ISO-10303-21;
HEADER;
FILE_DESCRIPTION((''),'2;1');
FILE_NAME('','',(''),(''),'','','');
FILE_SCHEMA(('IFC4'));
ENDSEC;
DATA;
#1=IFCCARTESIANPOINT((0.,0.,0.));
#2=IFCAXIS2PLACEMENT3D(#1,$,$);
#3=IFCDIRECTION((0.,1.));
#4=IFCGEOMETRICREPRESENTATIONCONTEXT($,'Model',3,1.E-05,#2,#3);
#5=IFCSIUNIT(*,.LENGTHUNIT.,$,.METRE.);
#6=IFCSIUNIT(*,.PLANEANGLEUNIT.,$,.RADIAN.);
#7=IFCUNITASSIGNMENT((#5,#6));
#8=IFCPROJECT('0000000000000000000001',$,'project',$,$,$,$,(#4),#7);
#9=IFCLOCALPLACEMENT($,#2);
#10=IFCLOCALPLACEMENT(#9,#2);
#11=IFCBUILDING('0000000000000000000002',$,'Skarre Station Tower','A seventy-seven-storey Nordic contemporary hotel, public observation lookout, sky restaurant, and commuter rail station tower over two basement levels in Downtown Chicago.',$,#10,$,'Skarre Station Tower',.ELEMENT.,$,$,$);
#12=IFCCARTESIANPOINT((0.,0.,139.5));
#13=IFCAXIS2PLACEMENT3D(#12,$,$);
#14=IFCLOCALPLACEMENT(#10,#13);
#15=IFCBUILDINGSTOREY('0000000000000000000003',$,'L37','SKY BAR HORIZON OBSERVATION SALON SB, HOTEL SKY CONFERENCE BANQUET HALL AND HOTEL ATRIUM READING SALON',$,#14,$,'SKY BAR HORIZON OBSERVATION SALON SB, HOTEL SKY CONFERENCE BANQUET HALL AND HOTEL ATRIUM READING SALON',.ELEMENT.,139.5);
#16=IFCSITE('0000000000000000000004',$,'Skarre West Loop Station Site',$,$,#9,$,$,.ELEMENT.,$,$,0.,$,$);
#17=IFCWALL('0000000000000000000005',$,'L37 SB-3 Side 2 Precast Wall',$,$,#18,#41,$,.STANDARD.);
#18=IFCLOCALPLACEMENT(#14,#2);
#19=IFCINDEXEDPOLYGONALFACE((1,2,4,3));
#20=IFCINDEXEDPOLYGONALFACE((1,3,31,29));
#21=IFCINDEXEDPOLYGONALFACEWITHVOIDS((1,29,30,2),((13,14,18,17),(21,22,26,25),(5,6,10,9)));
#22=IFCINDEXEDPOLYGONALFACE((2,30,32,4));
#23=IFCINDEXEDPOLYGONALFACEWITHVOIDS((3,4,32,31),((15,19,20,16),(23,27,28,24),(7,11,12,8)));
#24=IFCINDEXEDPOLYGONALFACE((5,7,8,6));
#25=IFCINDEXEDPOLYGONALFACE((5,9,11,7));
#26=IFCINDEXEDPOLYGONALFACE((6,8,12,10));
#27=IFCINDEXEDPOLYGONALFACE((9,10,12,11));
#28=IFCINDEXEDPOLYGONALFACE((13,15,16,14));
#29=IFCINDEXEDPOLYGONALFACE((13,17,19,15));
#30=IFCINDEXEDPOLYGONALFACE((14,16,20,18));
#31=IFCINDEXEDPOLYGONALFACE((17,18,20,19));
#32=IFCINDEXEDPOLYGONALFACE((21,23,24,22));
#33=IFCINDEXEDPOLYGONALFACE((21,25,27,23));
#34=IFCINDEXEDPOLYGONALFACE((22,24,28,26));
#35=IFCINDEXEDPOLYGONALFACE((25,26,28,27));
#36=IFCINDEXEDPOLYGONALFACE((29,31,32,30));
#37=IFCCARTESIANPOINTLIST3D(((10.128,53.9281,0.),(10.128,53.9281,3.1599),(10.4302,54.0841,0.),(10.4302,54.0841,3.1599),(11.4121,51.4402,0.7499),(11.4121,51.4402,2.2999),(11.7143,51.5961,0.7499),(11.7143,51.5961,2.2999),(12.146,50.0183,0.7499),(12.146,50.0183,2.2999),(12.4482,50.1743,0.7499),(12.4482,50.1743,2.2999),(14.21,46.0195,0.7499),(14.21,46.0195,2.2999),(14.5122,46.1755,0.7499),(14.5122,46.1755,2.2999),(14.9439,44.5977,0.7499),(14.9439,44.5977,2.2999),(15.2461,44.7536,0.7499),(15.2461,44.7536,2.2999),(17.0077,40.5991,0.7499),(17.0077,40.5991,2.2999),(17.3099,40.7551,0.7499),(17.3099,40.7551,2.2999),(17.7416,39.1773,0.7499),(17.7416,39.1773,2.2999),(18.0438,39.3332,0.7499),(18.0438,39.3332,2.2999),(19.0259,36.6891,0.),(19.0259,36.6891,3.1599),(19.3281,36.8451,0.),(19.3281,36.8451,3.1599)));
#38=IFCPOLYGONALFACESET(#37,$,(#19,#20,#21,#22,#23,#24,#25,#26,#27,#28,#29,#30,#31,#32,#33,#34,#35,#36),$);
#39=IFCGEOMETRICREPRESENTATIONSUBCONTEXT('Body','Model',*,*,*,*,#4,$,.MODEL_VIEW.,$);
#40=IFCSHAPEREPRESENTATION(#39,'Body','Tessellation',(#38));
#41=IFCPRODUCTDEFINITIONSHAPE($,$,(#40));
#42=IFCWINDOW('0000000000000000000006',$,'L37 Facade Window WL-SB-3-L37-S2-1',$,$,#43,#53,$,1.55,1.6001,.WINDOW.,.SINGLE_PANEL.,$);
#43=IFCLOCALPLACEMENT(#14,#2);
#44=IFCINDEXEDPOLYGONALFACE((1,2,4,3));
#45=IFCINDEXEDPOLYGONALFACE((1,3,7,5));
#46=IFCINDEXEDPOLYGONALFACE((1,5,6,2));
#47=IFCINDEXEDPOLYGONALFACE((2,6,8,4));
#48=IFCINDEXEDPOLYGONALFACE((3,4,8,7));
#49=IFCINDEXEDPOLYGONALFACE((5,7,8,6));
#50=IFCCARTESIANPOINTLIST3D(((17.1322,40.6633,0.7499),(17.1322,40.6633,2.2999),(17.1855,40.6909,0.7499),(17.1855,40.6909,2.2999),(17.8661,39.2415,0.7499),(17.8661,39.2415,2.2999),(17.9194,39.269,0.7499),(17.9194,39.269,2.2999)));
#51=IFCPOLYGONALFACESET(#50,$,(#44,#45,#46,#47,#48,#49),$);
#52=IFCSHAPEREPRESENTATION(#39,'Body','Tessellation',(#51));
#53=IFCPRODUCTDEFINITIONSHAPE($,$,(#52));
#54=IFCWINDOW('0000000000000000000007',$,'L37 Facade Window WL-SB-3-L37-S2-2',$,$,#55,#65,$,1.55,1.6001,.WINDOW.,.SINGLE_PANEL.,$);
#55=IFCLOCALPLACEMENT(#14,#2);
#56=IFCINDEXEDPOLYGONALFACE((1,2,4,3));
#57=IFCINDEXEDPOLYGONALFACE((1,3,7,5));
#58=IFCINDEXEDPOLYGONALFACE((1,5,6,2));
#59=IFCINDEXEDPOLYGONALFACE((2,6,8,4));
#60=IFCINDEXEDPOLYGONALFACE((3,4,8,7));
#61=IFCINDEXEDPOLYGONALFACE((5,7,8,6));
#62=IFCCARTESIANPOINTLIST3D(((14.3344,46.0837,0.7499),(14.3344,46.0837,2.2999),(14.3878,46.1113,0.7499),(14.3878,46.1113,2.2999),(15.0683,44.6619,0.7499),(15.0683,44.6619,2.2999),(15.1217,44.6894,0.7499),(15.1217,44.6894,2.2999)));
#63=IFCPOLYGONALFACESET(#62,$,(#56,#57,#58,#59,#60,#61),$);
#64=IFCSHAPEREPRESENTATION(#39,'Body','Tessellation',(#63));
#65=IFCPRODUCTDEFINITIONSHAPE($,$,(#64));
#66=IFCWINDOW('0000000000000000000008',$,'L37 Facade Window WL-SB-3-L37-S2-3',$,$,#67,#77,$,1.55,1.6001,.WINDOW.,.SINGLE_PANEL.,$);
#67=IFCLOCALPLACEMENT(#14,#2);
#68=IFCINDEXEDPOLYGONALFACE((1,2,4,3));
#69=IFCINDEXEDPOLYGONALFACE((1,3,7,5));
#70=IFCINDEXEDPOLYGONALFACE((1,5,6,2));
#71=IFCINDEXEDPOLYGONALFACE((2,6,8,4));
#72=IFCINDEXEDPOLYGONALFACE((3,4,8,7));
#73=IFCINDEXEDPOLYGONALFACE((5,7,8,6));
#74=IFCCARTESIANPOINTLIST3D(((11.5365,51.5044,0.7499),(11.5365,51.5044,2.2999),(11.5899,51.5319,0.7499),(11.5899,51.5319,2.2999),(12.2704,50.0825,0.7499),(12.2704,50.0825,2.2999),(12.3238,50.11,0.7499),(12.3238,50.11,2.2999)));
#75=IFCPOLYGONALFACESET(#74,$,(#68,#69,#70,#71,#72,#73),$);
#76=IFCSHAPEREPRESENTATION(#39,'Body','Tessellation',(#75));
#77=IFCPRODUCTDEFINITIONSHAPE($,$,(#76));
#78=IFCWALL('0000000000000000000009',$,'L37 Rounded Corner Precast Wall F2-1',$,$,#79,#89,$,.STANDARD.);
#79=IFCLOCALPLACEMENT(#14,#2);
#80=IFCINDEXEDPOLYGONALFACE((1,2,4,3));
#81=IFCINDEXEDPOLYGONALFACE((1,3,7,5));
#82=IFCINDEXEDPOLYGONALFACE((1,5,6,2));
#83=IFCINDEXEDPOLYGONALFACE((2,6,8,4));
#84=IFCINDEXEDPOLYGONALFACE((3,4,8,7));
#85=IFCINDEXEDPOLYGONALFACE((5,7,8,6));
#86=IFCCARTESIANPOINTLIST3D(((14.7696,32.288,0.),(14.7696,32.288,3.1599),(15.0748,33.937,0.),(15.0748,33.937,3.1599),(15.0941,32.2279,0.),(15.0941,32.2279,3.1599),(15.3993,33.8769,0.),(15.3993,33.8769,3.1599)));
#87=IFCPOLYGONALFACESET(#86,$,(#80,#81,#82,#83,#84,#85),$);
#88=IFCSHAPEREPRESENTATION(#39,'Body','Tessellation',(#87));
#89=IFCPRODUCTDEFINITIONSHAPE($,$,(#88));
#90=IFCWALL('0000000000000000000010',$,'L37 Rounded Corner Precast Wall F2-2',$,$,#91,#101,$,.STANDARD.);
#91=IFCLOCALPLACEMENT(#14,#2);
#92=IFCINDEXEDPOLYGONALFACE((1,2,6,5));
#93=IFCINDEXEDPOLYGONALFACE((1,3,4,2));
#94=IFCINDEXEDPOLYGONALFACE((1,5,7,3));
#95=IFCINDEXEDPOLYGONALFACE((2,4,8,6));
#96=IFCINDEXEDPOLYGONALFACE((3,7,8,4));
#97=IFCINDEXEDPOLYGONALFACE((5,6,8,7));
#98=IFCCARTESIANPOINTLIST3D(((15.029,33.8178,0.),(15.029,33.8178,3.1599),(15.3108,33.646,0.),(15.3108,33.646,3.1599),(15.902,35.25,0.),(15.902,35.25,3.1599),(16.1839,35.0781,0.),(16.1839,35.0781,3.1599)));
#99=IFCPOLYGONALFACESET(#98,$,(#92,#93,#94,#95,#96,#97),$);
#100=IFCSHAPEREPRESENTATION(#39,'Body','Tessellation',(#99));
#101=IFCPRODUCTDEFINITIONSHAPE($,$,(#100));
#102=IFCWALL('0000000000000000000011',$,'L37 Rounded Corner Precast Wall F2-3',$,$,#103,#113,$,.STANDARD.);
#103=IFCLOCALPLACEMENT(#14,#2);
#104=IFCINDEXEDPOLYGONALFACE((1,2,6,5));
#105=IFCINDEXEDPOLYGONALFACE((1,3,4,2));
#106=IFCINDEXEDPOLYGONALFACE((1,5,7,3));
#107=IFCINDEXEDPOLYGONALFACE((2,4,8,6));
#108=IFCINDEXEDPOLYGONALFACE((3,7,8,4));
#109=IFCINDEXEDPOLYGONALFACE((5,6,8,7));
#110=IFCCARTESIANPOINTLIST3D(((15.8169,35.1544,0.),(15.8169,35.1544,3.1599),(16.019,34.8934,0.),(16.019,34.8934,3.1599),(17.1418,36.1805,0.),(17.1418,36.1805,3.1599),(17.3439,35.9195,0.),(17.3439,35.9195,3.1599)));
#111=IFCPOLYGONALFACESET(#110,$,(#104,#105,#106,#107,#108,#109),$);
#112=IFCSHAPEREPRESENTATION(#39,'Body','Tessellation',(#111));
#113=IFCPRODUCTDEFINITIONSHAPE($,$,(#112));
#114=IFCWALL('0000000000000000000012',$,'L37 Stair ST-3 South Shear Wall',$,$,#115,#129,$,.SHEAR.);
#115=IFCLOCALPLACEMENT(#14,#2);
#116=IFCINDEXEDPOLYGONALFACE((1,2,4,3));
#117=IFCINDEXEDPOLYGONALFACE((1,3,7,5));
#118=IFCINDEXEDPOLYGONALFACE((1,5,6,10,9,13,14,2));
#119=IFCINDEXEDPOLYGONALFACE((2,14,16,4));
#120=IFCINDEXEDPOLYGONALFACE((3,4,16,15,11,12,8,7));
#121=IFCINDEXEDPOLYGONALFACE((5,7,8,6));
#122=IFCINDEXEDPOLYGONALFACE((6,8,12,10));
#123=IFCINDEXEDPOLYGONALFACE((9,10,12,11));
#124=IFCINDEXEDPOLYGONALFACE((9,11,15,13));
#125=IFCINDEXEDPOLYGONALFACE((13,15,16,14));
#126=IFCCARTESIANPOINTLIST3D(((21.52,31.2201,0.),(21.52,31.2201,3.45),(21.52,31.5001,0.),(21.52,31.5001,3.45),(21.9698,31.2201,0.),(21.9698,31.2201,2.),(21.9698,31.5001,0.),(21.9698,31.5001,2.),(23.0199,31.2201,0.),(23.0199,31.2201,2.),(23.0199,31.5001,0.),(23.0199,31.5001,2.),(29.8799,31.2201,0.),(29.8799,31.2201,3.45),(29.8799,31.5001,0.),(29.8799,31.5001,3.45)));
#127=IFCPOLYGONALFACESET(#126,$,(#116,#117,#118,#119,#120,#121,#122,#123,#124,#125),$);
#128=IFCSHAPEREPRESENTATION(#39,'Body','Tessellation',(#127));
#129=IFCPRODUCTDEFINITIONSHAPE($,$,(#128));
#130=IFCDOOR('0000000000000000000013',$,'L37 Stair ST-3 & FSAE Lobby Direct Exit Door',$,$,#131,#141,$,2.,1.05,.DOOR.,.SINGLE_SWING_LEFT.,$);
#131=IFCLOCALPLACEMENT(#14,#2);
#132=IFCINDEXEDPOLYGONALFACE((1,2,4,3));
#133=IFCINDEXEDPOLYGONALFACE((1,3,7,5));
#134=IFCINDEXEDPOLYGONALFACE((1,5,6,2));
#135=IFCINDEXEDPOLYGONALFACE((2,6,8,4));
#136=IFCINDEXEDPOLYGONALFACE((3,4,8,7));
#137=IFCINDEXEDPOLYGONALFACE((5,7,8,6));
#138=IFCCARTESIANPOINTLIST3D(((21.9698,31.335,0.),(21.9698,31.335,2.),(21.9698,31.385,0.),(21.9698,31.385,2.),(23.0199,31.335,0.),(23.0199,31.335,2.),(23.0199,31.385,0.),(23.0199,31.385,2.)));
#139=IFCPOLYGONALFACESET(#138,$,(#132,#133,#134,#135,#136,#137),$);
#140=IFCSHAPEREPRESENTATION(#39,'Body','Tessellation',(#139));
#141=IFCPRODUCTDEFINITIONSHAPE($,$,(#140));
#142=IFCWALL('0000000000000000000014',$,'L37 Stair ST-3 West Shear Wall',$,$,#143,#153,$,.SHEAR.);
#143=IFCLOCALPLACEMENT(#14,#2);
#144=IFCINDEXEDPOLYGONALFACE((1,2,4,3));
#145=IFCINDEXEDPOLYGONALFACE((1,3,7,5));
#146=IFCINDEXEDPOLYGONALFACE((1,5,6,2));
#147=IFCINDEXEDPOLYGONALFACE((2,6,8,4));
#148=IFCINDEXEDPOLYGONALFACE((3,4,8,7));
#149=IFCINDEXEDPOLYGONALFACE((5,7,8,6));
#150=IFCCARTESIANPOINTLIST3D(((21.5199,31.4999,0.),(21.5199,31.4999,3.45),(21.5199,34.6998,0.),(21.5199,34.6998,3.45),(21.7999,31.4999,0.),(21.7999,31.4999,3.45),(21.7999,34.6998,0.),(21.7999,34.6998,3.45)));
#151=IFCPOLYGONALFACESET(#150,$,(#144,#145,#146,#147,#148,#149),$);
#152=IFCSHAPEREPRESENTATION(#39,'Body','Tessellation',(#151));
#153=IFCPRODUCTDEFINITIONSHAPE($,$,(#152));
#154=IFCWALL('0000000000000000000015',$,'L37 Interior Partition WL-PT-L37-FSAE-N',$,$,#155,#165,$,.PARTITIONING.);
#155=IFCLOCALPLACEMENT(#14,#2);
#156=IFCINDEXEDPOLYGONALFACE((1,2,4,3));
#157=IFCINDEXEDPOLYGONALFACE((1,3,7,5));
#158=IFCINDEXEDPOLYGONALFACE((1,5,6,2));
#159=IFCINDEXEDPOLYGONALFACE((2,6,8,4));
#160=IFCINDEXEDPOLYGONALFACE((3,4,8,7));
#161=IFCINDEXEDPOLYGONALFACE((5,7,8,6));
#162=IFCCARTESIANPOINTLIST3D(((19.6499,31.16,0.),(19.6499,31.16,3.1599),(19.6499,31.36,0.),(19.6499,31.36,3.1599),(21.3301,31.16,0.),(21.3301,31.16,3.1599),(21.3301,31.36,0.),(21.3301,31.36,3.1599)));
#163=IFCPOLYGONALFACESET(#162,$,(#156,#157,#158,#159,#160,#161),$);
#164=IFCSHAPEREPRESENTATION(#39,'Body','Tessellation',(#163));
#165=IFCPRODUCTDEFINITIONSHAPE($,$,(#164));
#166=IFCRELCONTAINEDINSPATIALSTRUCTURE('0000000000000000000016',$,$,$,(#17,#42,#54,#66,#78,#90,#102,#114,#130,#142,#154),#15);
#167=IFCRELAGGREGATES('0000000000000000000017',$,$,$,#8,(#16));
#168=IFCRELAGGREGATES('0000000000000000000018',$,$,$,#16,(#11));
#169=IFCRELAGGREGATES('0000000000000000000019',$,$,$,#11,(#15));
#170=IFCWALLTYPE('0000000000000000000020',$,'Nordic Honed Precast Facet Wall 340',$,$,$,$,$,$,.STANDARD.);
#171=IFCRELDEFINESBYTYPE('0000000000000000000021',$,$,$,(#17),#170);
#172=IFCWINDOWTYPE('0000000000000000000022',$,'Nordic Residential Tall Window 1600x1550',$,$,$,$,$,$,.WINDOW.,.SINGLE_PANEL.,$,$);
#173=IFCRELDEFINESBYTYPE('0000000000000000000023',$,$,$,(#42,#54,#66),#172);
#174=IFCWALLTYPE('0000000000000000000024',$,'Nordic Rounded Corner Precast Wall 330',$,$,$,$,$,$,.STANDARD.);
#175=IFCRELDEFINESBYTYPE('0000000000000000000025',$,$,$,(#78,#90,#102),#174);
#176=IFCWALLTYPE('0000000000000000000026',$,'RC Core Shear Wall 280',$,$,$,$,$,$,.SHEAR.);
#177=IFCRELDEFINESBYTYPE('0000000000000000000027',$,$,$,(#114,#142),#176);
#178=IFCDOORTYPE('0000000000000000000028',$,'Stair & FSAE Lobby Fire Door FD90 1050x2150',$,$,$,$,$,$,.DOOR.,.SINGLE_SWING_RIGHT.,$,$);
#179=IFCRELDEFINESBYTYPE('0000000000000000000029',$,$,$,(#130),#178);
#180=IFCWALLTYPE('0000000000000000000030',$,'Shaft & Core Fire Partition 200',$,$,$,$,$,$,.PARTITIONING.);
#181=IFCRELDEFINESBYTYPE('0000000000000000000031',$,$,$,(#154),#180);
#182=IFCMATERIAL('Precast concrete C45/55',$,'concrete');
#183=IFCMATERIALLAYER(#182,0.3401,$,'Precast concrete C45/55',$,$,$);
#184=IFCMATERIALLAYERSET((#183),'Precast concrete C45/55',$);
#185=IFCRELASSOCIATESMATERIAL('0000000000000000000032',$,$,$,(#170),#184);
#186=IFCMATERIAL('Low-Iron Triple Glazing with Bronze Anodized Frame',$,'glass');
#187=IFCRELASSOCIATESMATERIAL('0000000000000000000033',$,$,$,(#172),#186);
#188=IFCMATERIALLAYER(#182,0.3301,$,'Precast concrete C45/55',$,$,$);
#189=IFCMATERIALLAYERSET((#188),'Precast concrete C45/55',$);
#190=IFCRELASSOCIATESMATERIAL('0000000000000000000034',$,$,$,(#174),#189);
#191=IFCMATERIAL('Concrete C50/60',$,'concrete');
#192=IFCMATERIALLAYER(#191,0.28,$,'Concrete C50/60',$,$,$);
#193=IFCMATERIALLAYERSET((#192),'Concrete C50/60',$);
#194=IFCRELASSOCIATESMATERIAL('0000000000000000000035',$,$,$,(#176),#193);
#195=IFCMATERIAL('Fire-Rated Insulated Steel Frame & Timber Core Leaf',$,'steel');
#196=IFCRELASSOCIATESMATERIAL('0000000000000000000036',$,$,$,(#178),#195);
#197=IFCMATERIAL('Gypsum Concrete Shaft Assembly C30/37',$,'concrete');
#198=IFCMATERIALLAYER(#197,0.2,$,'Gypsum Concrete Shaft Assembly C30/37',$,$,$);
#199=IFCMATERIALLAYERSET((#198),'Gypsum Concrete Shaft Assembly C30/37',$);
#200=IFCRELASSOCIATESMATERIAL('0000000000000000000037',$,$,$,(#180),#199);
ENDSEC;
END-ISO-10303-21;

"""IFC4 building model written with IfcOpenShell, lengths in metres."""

from ifc_helpers import new_model, si_unit, direction, frame, frame_2d, origin, place, context, subcontext, project, spatial, rectangle, extrude, material, layer, layer_set, type_object, element, fill, save


model = new_model("IFC4")

# Units and contexts
model_context = context("Model", 3, precision=1e-05, world=origin(), true_north=direction((0.0, 1.0)))
body_context = subcontext(model_context, "Body", "Model", "MODEL_VIEW")
ifc_project = project(units=[si_unit("LENGTHUNIT", "METRE"), si_unit("PLANEANGLEUNIT", "RADIAN")], contexts=[model_context])

# Site, building, storey
site_placement = place(None, origin())
site = spatial("IfcSite", under=ifc_project, at=site_placement, Name="Skarre West Loop Station Site", CompositionType="ELEMENT", RefElevation=0.0)
building_placement = place(site_placement, origin())
building = spatial("IfcBuilding", under=site, at=building_placement, Name="Skarre Station Tower", Description="A seventy-seven-storey Nordic contemporary hotel, public observation lookout, sky restaurant, and commuter rail station tower over two basement levels in Downtown Chicago.", LongName="Skarre Station Tower", CompositionType="ELEMENT")
storey_placement = place(building_placement, frame((0.0, 0.0, 139.5)))
storey = spatial("IfcBuildingStorey", under=building, at=storey_placement, Name="L37", Description="SKY BAR HORIZON OBSERVATION SALON SB, HOTEL SKY CONFERENCE BANQUET HALL AND HOTEL ATRIUM READING SALON", LongName="SKY BAR HORIZON OBSERVATION SALON SB, HOTEL SKY CONFERENCE BANQUET HALL AND HOTEL ATRIUM READING SALON", CompositionType="ELEMENT", Elevation=139.5)

# Wall, openings, windows
ifc_material_1 = material(Name="Precast concrete C45/55", Category="concrete")
ifc_layer_1 = layer(ifc_material_1, 0.3401, Name="Precast concrete C45/55")
ifc_layer_set_1 = layer_set([ifc_layer_1], Name="Precast concrete C45/55")
wall_type_1 = type_object("IfcWallType", Name="Nordic Honed Precast Facet Wall 340", PredefinedType="STANDARD", material=ifc_layer_set_1)
wall_1_placement = place(storey_placement, frame((19.177, 36.7671, 0.0), z_axis=(0.0, 0.0, 1.0), x_axis=(-0.458659, 0.888612, 0.0)))
wall_1 = element("IfcWall", 1, at=wall_1_placement, inside=storey, type_object=wall_type_1, Name="L37 SB-3 Side 2 Precast Wall", PredefinedType="STANDARD", context=body_context, shape_type="SweptSolid", body=[
    extrude(rectangle(XDim=19.3999, YDim=0.3401, at=frame_2d((9.7, 0.0))), origin(), (0.0, 0.0, 1.0), 3.1599),
])
opening_1_placement = place(wall_1_placement, frame((2.8, 0.0, 0.75)))
opening_1 = element("IfcOpeningElement", 2, at=opening_1_placement, cuts=wall_1, PredefinedType="OPENING", context=body_context, shape_type="SweptSolid", body=[
    extrude(rectangle(XDim=1.6001, YDim=1.55, at=frame_2d((0.8, 0.7749))), frame((0.0, 0.1799, 0.0), z_axis=(0.0, -1.0, 0.0), x_axis=(1.0, 0.0, 0.0)), (0.0, 0.0, 1.0), 0.3601),
])
opening_2_placement = place(wall_1_placement, frame((8.8999, 0.0, 0.75)))
opening_2 = element("IfcOpeningElement", 3, at=opening_2_placement, cuts=wall_1, PredefinedType="OPENING", context=body_context, shape_type="SweptSolid", body=[
    extrude(rectangle(XDim=1.6001, YDim=1.55, at=frame_2d((0.8, 0.7749))), frame((0.0, 0.1799, 0.0), z_axis=(0.0, -1.0, 0.0), x_axis=(1.0, 0.0, 0.0)), (0.0, 0.0, 1.0), 0.3601),
])
opening_3_placement = place(wall_1_placement, frame((15.0, 0.0, 0.75)))
opening_3 = element("IfcOpeningElement", 4, at=opening_3_placement, cuts=wall_1, PredefinedType="OPENING", context=body_context, shape_type="SweptSolid", body=[
    extrude(rectangle(XDim=1.6001, YDim=1.55, at=frame_2d((0.8, 0.7749))), frame((0.0, 0.1799, 0.0), z_axis=(0.0, -1.0, 0.0), x_axis=(1.0, 0.0, 0.0)), (0.0, 0.0, 1.0), 0.3601),
])
ifc_material_2 = material(Name="Low-Iron Triple Glazing with Bronze Anodized Frame", Category="glass")
window_type = type_object("IfcWindowType", Name="Nordic Residential Tall Window 1600x1550", PartitioningType="SINGLE_PANEL", PredefinedType="WINDOW", material=ifc_material_2)
window_1_placement = place(opening_1_placement, origin())
window_1 = element("IfcWindow", 5, at=window_1_placement, inside=storey, type_object=window_type, Name="L37 Facade Window WL-SB-3-L37-S2-1", OverallHeight=1.55, OverallWidth=1.6001, PartitioningType="SINGLE_PANEL", PredefinedType="WINDOW", context=body_context, shape_type="SweptSolid", body=[
    extrude(rectangle(XDim=1.6001, YDim=1.55, at=frame_2d((0.8, 0.7749))), frame((0.0, 0.03, 0.0), z_axis=(0.0, -1.0, 0.0), x_axis=(1.0, 0.0, 0.0)), (0.0, 0.0, 1.0), 0.0601),
])
fill(opening_1, window_1)
window_2_placement = place(opening_2_placement, origin())
window_2 = element("IfcWindow", 6, at=window_2_placement, inside=storey, type_object=window_type, Name="L37 Facade Window WL-SB-3-L37-S2-2", OverallHeight=1.55, OverallWidth=1.6001, PartitioningType="SINGLE_PANEL", PredefinedType="WINDOW", context=body_context, shape_type="SweptSolid", body=[
    extrude(rectangle(XDim=1.6001, YDim=1.55, at=frame_2d((0.8, 0.7749))), frame((0.0, 0.03, 0.0), z_axis=(0.0, -1.0, 0.0), x_axis=(1.0, 0.0, 0.0)), (0.0, 0.0, 1.0), 0.0601),
])
fill(opening_2, window_2)
window_3_placement = place(opening_3_placement, origin())
window_3 = element("IfcWindow", 7, at=window_3_placement, inside=storey, type_object=window_type, Name="L37 Facade Window WL-SB-3-L37-S2-3", OverallHeight=1.55, OverallWidth=1.6001, PartitioningType="SINGLE_PANEL", PredefinedType="WINDOW", context=body_context, shape_type="SweptSolid", body=[
    extrude(rectangle(XDim=1.6001, YDim=1.55, at=frame_2d((0.8, 0.7749))), frame((0.0, 0.03, 0.0), z_axis=(0.0, -1.0, 0.0), x_axis=(1.0, 0.0, 0.0)), (0.0, 0.0, 1.0), 0.0601),
])
fill(opening_3, window_3)

# Walls
ifc_layer_2 = layer(ifc_material_1, 0.3301, Name="Precast concrete C45/55")
ifc_layer_set_2 = layer_set([ifc_layer_2], Name="Precast concrete C45/55")
wall_type_2 = type_object("IfcWallType", Name="Nordic Rounded Corner Precast Wall 330", PredefinedType="STANDARD", material=ifc_layer_set_2)
wall_2_placement = place(storey_placement, frame((14.9319, 32.2581, 0.0), z_axis=(0.0, 0.0, 1.0), x_axis=(0.181985, 0.983301, 0.0)))
element("IfcWall", 8, at=wall_2_placement, inside=storey, type_object=wall_type_2, Name="L37 Rounded Corner Precast Wall F2-1", PredefinedType="STANDARD", context=body_context, shape_type="SweptSolid", body=[
    extrude(rectangle(XDim=1.677, YDim=0.3301, at=frame_2d((0.8384, 0.0))), origin(), (0.0, 0.0, 1.0), 3.1599),
])
wall_3_placement = place(storey_placement, frame((15.1699, 33.7319, 0.0), z_axis=(0.0, 0.0, 1.0), x_axis=(0.520519, 0.85385, 0.0)))
element("IfcWall", 9, at=wall_3_placement, inside=storey, type_object=wall_type_2, Name="L37 Rounded Corner Precast Wall F2-2", PredefinedType="STANDARD", context=body_context, shape_type="SweptSolid", body=[
    extrude(rectangle(XDim=1.6772, YDim=0.3301, at=frame_2d((0.8386, 0.0))), origin(), (0.0, 0.0, 1.0), 3.1599),
])
wall_4_placement = place(storey_placement, frame((15.918, 35.0239, 0.0), z_axis=(0.0, 0.0, 1.0), x_axis=(0.790621, 0.612305, 0.0)))
element("IfcWall", 10, at=wall_4_placement, inside=storey, type_object=wall_type_2, Name="L37 Rounded Corner Precast Wall F2-3", PredefinedType="STANDARD", context=body_context, shape_type="SweptSolid", body=[
    extrude(rectangle(XDim=1.6758, YDim=0.3301, at=frame_2d((0.8379, 0.0))), origin(), (0.0, 0.0, 1.0), 3.1599),
])

# Wall, opening, door
ifc_material_3 = material(Name="Concrete C50/60", Category="concrete")
ifc_layer_3 = layer(ifc_material_3, 0.28, Name="Concrete C50/60")
ifc_layer_set_3 = layer_set([ifc_layer_3], Name="Concrete C50/60")
wall_type_3 = type_object("IfcWallType", Name="RC Core Shear Wall 280", PredefinedType="SHEAR", material=ifc_layer_set_3)
wall_5_placement = place(storey_placement, frame((21.52, 31.3601, 0.0), z_axis=(0.0, 0.0, 1.0), x_axis=(1.0, 0.0, 0.0)))
wall_5 = element("IfcWall", 11, at=wall_5_placement, inside=storey, type_object=wall_type_3, Name="L37 Stair ST-3 South Shear Wall", PredefinedType="SHEAR", context=body_context, shape_type="SweptSolid", body=[
    extrude(rectangle(XDim=8.3599, YDim=0.28, at=frame_2d((4.1799, 0.0))), origin(), (0.0, 0.0, 1.0), 3.45),
])
opening_4_placement = place(wall_5_placement, frame((0.45, 0.0, 0.0)))
opening_4 = element("IfcOpeningElement", 12, at=opening_4_placement, cuts=wall_5, PredefinedType="OPENING", context=body_context, shape_type="SweptSolid", body=[
    extrude(rectangle(XDim=1.05, YDim=2.0, at=frame_2d((0.5249, 1.0))), frame((0.0, 0.1499, 0.0), z_axis=(0.0, -1.0, 0.0), x_axis=(1.0, 0.0, 0.0)), (0.0, 0.0, 1.0), 0.3),
])
ifc_material_4 = material(Name="Fire-Rated Insulated Steel Frame & Timber Core Leaf", Category="steel")
door_type = type_object("IfcDoorType", Name="Stair & FSAE Lobby Fire Door FD90 1050x2150", OperationType="SINGLE_SWING_RIGHT", PredefinedType="DOOR", material=ifc_material_4)
door_placement = place(opening_4_placement, origin())
door = element("IfcDoor", 13, at=door_placement, inside=storey, type_object=door_type, Name="L37 Stair ST-3 & FSAE Lobby Direct Exit Door", OperationType="SINGLE_SWING_LEFT", OverallHeight=2.0, OverallWidth=1.05, PredefinedType="DOOR", context=body_context, shape_type="SweptSolid", body=[
    extrude(rectangle(XDim=1.05, YDim=2.0, at=frame_2d((0.5249, 1.0))), frame((0.0, 0.0249, 0.0), z_axis=(0.0, -1.0, 0.0), x_axis=(1.0, 0.0, 0.0)), (0.0, 0.0, 1.0), 0.05),
])
fill(opening_4, door)

# Walls
wall_6_placement = place(storey_placement, frame((21.6599, 34.7, 0.0), z_axis=(0.0, 0.0, 1.0), x_axis=(0.0, -1.0, 0.0)))
element("IfcWall", 14, at=wall_6_placement, inside=storey, type_object=wall_type_3, Name="L37 Stair ST-3 West Shear Wall", PredefinedType="SHEAR", context=body_context, shape_type="SweptSolid", body=[
    extrude(rectangle(XDim=3.2, YDim=0.28, at=frame_2d((1.6001, 0.0))), origin(), (0.0, 0.0, 1.0), 3.45),
])
ifc_material_5 = material(Name="Gypsum Concrete Shaft Assembly C30/37", Category="concrete")
ifc_layer_4 = layer(ifc_material_5, 0.2, Name="Gypsum Concrete Shaft Assembly C30/37")
ifc_layer_set_4 = layer_set([ifc_layer_4], Name="Gypsum Concrete Shaft Assembly C30/37")
wall_type_4 = type_object("IfcWallType", Name="Shaft & Core Fire Partition 200", PredefinedType="PARTITIONING", material=ifc_layer_set_4)
wall_7_placement = place(storey_placement, frame((21.3301, 31.26, 0.0), z_axis=(0.0, 0.0, 1.0), x_axis=(-1.0, 0.0, 0.0)))
element("IfcWall", 15, at=wall_7_placement, inside=storey, type_object=wall_type_4, Name="L37 Interior Partition WL-PT-L37-FSAE-N", PredefinedType="PARTITIONING", context=body_context, shape_type="SweptSolid", body=[
    extrude(rectangle(XDim=1.6802, YDim=0.2, at=frame_2d((0.8401, 0.0))), origin(), (0.0, 0.0, 1.0), 3.1599),
])

save(model, "model.ifc")
